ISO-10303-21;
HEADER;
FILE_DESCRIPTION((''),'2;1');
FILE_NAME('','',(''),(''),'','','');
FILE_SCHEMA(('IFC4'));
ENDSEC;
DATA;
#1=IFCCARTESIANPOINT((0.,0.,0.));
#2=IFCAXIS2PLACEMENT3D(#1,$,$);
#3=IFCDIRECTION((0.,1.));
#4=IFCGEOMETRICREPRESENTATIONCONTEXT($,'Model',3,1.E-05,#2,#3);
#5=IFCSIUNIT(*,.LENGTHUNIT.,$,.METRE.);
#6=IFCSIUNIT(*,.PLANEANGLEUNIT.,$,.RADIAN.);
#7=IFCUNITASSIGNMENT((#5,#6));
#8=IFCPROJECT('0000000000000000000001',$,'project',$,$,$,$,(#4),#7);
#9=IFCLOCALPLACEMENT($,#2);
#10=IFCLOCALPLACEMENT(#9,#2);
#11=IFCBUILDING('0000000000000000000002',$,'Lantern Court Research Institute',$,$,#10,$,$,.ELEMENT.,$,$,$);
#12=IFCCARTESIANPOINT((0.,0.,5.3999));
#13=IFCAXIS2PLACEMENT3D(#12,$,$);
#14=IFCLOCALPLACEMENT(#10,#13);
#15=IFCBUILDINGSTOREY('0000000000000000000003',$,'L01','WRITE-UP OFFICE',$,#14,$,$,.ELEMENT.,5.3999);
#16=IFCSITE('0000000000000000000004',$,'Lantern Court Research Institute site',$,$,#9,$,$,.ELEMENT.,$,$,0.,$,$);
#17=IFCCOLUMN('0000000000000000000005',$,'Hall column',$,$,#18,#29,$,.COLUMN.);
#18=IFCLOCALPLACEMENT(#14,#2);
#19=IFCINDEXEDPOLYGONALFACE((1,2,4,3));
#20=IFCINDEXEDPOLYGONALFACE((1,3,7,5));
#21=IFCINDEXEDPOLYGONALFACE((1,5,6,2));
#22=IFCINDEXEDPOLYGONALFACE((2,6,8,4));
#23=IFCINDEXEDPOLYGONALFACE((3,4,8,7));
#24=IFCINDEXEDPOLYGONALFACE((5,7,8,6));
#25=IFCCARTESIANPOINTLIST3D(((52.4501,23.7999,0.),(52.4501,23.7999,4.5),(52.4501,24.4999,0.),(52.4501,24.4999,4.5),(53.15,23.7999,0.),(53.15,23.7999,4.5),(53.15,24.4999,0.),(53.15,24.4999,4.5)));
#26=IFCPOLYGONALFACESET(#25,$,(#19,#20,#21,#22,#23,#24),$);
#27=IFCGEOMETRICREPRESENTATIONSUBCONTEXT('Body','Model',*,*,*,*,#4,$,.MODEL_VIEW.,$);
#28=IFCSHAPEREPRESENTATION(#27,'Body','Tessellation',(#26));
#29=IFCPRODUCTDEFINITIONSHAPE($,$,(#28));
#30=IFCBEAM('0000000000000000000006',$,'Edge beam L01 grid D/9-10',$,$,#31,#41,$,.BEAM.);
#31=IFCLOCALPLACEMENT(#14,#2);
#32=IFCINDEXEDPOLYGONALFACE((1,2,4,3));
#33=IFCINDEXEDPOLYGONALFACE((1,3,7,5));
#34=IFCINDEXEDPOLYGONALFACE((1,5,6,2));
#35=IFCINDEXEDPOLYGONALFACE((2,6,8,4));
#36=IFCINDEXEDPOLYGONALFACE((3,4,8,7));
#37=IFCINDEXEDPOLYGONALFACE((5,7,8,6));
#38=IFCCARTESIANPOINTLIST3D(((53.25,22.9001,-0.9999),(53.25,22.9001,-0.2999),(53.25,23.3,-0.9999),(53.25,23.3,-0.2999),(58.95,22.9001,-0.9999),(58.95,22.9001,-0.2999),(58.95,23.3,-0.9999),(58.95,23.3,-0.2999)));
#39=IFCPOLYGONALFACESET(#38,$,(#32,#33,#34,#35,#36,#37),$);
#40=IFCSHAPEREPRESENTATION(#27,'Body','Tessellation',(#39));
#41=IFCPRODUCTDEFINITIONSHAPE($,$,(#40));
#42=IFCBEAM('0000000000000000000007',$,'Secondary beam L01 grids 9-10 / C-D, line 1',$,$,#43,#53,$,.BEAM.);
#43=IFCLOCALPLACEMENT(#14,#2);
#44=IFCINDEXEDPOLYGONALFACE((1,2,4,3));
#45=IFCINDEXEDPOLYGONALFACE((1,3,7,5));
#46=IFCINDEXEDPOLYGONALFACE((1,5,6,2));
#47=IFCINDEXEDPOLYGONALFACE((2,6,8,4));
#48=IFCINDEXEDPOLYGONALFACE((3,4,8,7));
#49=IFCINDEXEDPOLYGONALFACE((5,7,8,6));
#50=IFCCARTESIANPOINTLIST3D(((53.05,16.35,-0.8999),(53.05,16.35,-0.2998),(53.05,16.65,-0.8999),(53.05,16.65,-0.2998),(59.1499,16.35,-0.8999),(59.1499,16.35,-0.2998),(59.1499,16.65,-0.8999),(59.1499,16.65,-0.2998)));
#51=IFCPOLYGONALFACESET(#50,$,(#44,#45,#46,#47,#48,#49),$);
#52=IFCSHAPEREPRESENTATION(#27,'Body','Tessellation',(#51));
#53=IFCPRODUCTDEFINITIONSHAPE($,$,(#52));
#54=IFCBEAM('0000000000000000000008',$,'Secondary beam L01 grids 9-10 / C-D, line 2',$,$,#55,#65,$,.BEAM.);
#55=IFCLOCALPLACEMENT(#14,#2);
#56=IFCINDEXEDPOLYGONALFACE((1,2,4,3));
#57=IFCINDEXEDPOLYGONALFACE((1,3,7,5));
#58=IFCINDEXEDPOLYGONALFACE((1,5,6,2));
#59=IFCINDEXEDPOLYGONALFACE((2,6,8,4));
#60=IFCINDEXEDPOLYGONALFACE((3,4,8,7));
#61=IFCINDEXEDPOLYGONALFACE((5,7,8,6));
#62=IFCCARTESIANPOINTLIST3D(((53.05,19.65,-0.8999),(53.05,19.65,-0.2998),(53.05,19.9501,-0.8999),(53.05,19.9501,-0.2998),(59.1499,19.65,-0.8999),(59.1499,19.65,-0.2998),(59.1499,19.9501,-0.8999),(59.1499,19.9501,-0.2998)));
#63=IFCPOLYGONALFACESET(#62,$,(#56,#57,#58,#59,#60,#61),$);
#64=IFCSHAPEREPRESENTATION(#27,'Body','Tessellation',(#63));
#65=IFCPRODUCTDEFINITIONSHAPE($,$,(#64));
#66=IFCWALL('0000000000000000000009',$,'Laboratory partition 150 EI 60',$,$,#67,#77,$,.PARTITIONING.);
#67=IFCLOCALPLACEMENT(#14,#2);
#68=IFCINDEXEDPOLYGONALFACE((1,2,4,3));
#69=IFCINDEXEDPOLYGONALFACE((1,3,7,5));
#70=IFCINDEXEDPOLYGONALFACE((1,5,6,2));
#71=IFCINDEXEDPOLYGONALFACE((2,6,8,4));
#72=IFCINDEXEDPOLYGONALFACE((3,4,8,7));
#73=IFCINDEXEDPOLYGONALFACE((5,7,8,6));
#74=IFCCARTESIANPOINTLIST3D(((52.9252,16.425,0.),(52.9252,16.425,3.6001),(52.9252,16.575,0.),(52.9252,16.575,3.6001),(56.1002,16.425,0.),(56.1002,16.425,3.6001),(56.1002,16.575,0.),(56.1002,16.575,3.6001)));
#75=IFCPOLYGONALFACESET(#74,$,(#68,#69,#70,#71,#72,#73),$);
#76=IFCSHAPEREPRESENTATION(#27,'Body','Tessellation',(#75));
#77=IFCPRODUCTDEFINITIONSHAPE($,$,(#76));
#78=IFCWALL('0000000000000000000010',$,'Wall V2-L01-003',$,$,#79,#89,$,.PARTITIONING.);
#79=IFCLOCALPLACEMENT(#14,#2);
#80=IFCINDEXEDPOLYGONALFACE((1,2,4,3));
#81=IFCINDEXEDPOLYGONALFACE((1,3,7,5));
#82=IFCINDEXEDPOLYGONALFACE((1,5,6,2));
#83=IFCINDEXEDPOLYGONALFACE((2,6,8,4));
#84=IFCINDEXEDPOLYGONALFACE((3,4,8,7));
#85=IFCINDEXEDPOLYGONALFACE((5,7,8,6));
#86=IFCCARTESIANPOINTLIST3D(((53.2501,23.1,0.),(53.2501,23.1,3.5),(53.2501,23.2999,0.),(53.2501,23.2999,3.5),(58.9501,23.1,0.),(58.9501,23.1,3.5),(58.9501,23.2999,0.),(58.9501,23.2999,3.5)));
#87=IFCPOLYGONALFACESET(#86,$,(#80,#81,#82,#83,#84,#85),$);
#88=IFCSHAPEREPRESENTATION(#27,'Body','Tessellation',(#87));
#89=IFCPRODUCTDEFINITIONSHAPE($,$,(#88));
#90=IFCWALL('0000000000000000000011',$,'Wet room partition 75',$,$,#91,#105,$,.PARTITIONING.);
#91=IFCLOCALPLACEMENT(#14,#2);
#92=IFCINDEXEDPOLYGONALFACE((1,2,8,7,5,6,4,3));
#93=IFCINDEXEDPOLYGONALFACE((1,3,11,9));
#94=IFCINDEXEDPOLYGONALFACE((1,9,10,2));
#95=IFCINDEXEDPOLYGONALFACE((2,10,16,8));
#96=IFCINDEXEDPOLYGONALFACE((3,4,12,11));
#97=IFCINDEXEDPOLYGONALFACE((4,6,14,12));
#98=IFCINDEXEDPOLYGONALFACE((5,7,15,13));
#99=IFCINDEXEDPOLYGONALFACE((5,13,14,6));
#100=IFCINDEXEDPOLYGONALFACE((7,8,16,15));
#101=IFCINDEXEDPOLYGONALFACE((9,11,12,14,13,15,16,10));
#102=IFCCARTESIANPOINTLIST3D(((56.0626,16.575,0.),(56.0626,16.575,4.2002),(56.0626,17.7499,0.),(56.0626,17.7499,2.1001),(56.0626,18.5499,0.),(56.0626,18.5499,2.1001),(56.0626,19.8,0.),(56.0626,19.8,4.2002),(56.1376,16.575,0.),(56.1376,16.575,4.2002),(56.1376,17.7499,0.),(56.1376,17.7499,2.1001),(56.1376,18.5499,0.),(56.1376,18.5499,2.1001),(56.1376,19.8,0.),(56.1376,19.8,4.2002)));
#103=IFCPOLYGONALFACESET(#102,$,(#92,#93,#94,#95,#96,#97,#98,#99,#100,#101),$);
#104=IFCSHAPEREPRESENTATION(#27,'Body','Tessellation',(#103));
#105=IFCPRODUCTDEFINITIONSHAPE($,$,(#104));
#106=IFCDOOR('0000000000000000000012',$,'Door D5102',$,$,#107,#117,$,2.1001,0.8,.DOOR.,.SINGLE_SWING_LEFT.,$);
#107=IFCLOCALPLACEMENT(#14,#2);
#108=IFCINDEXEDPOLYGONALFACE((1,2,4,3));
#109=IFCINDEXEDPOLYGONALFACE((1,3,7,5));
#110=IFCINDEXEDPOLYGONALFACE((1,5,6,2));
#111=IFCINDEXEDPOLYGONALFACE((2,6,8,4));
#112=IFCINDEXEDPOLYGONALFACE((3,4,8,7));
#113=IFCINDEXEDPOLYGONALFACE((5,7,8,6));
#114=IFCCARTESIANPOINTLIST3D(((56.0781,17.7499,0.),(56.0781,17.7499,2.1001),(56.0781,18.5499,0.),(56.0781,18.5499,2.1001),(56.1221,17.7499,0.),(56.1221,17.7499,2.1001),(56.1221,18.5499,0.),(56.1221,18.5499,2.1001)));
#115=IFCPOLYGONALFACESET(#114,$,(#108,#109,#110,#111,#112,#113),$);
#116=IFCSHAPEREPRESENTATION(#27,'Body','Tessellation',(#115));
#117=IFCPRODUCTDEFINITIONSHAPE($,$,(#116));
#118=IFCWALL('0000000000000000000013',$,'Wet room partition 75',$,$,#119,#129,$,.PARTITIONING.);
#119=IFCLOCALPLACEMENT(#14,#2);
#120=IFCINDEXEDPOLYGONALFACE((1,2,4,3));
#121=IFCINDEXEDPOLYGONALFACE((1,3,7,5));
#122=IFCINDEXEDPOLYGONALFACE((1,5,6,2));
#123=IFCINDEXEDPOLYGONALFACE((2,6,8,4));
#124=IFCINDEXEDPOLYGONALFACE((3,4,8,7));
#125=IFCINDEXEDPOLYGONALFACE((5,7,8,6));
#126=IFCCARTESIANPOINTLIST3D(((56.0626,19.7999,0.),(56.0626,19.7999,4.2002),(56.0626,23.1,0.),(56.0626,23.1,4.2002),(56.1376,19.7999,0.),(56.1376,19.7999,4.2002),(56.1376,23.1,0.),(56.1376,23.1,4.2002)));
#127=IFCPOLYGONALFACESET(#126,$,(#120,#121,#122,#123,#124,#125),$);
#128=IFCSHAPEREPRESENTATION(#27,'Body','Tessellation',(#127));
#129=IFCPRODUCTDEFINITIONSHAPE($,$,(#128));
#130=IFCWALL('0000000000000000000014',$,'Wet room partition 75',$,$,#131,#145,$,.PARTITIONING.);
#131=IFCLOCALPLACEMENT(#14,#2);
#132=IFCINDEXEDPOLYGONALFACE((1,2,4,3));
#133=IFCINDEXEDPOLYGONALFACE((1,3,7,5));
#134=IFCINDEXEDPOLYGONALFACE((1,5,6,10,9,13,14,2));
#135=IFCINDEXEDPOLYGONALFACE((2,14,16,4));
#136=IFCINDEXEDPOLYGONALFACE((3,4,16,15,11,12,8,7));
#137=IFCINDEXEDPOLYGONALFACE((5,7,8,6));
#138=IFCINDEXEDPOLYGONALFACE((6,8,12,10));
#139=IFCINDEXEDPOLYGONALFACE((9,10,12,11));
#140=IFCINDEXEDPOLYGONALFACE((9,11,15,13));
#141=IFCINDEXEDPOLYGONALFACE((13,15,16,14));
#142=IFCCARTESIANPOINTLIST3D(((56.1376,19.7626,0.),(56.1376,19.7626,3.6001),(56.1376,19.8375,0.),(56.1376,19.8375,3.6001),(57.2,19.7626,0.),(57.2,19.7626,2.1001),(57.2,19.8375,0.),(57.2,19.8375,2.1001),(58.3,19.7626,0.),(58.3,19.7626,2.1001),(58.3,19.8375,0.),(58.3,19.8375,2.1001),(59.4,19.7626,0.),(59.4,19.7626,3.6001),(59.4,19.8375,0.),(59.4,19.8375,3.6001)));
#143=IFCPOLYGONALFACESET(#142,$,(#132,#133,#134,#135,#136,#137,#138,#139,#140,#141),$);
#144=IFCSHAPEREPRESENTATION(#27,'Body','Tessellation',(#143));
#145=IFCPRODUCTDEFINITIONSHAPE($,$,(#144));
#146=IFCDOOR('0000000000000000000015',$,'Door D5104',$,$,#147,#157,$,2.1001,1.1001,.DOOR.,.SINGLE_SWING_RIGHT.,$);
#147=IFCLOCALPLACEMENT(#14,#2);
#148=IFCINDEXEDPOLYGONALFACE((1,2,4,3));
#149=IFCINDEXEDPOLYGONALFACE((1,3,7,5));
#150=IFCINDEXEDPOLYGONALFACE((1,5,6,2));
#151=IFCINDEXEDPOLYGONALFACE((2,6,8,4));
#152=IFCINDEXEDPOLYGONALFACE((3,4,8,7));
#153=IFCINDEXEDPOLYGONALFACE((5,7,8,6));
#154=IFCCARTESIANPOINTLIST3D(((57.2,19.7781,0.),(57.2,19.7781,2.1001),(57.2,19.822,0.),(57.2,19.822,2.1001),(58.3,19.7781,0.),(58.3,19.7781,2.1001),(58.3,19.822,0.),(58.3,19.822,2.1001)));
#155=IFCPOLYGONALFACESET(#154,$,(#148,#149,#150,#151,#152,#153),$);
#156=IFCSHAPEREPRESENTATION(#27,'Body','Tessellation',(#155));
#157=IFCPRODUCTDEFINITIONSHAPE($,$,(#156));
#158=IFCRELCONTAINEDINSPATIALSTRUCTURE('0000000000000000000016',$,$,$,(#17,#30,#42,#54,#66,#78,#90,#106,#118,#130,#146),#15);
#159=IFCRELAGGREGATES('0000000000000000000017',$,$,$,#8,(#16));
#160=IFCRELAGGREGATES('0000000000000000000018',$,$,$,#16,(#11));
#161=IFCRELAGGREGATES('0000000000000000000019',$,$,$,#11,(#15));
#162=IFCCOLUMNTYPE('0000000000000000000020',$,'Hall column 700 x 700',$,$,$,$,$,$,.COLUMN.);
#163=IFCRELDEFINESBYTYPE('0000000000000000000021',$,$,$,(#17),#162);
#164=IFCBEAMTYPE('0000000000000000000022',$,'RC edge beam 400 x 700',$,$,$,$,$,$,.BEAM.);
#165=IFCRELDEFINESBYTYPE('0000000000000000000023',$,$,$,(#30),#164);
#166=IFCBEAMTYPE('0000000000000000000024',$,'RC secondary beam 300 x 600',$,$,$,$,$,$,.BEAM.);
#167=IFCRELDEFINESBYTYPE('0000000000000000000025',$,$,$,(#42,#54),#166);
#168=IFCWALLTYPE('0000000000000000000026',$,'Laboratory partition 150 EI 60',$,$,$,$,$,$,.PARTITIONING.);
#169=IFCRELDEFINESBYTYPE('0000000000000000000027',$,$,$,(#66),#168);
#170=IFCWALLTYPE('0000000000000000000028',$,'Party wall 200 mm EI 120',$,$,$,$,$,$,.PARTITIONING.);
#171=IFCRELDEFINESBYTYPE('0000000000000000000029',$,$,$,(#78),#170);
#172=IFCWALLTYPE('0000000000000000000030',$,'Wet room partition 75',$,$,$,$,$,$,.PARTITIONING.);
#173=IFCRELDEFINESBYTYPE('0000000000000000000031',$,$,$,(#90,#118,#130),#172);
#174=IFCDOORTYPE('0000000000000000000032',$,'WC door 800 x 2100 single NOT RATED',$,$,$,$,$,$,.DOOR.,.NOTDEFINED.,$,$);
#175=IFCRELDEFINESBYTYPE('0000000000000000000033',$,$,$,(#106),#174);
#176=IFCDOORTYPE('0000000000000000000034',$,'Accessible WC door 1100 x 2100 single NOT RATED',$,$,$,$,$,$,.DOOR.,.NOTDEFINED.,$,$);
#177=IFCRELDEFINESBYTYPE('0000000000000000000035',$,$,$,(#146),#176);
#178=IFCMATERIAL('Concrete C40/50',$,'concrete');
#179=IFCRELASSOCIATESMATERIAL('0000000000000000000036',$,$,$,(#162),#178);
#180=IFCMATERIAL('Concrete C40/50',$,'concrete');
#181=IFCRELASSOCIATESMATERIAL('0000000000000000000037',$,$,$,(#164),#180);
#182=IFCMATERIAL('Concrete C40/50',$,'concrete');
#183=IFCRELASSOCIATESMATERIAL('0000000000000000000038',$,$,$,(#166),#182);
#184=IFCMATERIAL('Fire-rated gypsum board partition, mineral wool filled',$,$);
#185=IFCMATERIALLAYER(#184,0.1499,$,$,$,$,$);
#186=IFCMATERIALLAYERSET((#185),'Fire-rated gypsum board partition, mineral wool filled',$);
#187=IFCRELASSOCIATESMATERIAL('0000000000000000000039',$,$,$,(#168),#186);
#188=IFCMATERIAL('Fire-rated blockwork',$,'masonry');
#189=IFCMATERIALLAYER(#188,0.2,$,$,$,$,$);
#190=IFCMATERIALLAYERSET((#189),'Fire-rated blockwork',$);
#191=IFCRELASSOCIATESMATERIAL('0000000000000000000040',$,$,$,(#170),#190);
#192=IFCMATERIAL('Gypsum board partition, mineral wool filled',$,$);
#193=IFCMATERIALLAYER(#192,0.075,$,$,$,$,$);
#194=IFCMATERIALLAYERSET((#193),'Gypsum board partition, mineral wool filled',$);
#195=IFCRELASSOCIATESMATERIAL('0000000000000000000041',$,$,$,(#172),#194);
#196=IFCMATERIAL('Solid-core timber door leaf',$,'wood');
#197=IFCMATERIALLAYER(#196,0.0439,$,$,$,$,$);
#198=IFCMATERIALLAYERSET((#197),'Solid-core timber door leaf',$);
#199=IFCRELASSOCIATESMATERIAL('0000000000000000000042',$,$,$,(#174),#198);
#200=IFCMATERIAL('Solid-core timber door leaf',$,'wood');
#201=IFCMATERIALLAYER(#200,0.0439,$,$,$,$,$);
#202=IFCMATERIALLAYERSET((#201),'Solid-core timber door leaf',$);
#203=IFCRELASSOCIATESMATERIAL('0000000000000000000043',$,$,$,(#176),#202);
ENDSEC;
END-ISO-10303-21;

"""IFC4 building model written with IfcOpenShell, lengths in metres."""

from ifc_helpers import new_model, si_unit, direction, frame, frame_2d, origin, origin_2d, place, context, subcontext, project, spatial, rectangle, extrude, material, layer, layer_set, material_profile, profile_set, type_object, element, fill, save


model = new_model("IFC4")

# Units and contexts
model_context = context("Model", 3, precision=1e-05, world=origin(), true_north=direction((0.0, 1.0)))
body_context = subcontext(model_context, "Body", "Model", "MODEL_VIEW")
ifc_project = project(units=[si_unit("LENGTHUNIT", "METRE"), si_unit("PLANEANGLEUNIT", "RADIAN")], contexts=[model_context])

# Site, building, storey
site_placement = place(None, origin())
site = spatial("IfcSite", under=ifc_project, at=site_placement, Name="Lantern Court Research Institute site", CompositionType="ELEMENT", RefElevation=0.0)
building_placement = place(site_placement, origin())
building = spatial("IfcBuilding", under=site, at=building_placement, Name="Lantern Court Research Institute", CompositionType="ELEMENT")
storey_placement = place(building_placement, frame((0.0, 0.0, 5.3999)))
storey = spatial("IfcBuildingStorey", under=building, at=storey_placement, Name="L01", Description="WRITE-UP OFFICE", CompositionType="ELEMENT", Elevation=5.3999)

# Column
ifc_material_1 = material(Name="Concrete C40/50", Category="concrete")
ifc_material_profile_1 = material_profile(ifc_material_1, rectangle(XDim=0.7, YDim=0.7, at=origin_2d()), Name="Hall column 700 x 700")
ifc_profile_set_1 = profile_set([ifc_material_profile_1], Name="Concrete C40/50")
column_type = type_object("IfcColumnType", Name="Hall column 700 x 700", PredefinedType="COLUMN", material=ifc_profile_set_1)
column_placement = place(storey_placement, frame((52.8, 24.1499, 0.0), z_axis=(0.0, 0.0, 1.0), x_axis=(1.0, 0.0, 0.0)))
element("IfcColumn", 1, at=column_placement, inside=storey, type_object=column_type, Name="Hall column", PredefinedType="COLUMN", context=body_context, shape_type="SweptSolid", body=[
    extrude(rectangle(XDim=0.7, YDim=0.7, at=origin_2d()), origin(), (0.0, 0.0, 1.0), 4.5),
])

# Beams
ifc_material_2 = material(Name="Concrete C40/50", Category="concrete")
ifc_material_profile_2 = material_profile(ifc_material_2, rectangle(XDim=0.3999, YDim=0.7, at=origin_2d()), Name="RC beam 400 x 700")
ifc_profile_set_2 = profile_set([ifc_material_profile_2], Name="Concrete C40/50")
beam_type_1 = type_object("IfcBeamType", Name="RC edge beam 400 x 700", PredefinedType="BEAM", material=ifc_profile_set_2)
beam_placement = place(storey_placement, frame((53.25, 23.1001, -0.6499), z_axis=(1.0, 0.0, 0.0), x_axis=(0.0, 1.0, 0.0)))
element("IfcBeam", 2, at=beam_placement, inside=storey, type_object=beam_type_1, Name="Edge beam L01 grid D/9-10", PredefinedType="BEAM", context=body_context, shape_type="SweptSolid", body=[
    extrude(rectangle(XDim=0.3999, YDim=0.7, at=origin_2d()), origin(), (0.0, 0.0, 1.0), 5.7),
])
ifc_material_3 = material(Name="Concrete C40/50", Category="concrete")
ifc_material_profile_3 = material_profile(ifc_material_3, rectangle(XDim=0.3, YDim=0.6001, at=origin_2d()), Name="RC beam 300 x 600")
ifc_profile_set_3 = profile_set([ifc_material_profile_3], Name="Concrete C40/50")
beam_type_2 = type_object("IfcBeamType", Name="RC secondary beam 300 x 600", PredefinedType="BEAM", material=ifc_profile_set_3)
for number, where, z_axis, x_axis, name in (
    (3, (53.05, 16.5, -0.5999), (1.0, 0.0, 0.0), (0.0, 1.0, 0.0), "Secondary beam L01 grids 9-10 / C-D, line 1"),
    (4, (53.05, 19.8, -0.5999), (1.0, 0.0, 0.0), (0.0, 1.0, 0.0), "Secondary beam L01 grids 9-10 / C-D, line 2"),
):
    element("IfcBeam", number, at=place(storey_placement, frame(where, z_axis=z_axis, x_axis=x_axis)), inside=storey, type_object=beam_type_2, Name=name, PredefinedType="BEAM", context=body_context, shape_type="SweptSolid", body=[
        extrude(rectangle(XDim=0.3, YDim=0.6001, at=origin_2d()), origin(), (0.0, 0.0, 1.0), 6.0999),
    ])

# Walls
ifc_material_4 = material(Name="Fire-rated gypsum board partition, mineral wool filled")
ifc_layer_1 = layer(ifc_material_4, 0.1499)
ifc_layer_set_1 = layer_set([ifc_layer_1], Name="Fire-rated gypsum board partition, mineral wool filled")
wall_type_1 = type_object("IfcWallType", Name="Laboratory partition 150 EI 60", PredefinedType="PARTITIONING", material=ifc_layer_set_1)
wall_1_placement = place(storey_placement, frame((56.1001, 16.5, 0.0), z_axis=(0.0, 0.0, 1.0), x_axis=(-1.0, 0.0, 0.0)))
element("IfcWall", 5, at=wall_1_placement, inside=storey, type_object=wall_type_1, Name="Laboratory partition 150 EI 60", PredefinedType="PARTITIONING", context=body_context, shape_type="SweptSolid", body=[
    extrude(rectangle(XDim=3.175, YDim=0.1499, at=frame_2d((1.5874, 0.0))), origin(), (0.0, 0.0, 1.0), 3.6001),
])
ifc_material_5 = material(Name="Fire-rated blockwork", Category="masonry")
ifc_layer_2 = layer(ifc_material_5, 0.2)
ifc_layer_set_2 = layer_set([ifc_layer_2], Name="Fire-rated blockwork")
wall_type_2 = type_object("IfcWallType", Name="Party wall 200 mm EI 120", PredefinedType="PARTITIONING", material=ifc_layer_set_2)
wall_2_placement = place(storey_placement, frame((53.25, 23.2, 0.0), z_axis=(0.0, 0.0, 1.0), x_axis=(1.0, 0.0, 0.0)))
element("IfcWall", 6, at=wall_2_placement, inside=storey, type_object=wall_type_2, Name="Wall V2-L01-003", PredefinedType="PARTITIONING", context=body_context, shape_type="SweptSolid", body=[
    extrude(rectangle(XDim=5.7, YDim=0.2, at=frame_2d((2.8501, 0.0))), origin(), (0.0, 0.0, 1.0), 3.5),
])

# Wall, opening, door
ifc_material_6 = material(Name="Gypsum board partition, mineral wool filled")
ifc_layer_3 = layer(ifc_material_6, 0.075)
ifc_layer_set_3 = layer_set([ifc_layer_3], Name="Gypsum board partition, mineral wool filled")
wall_type_3 = type_object("IfcWallType", Name="Wet room partition 75", PredefinedType="PARTITIONING", material=ifc_layer_set_3)
wall_3_placement = place(storey_placement, frame((56.1001, 16.575, 0.0), z_axis=(0.0, 0.0, 1.0), x_axis=(0.0, 1.0, 0.0)))
wall_3 = element("IfcWall", 7, at=wall_3_placement, inside=storey, type_object=wall_type_3, Name="Wet room partition 75", PredefinedType="PARTITIONING", context=body_context, shape_type="SweptSolid", body=[
    extrude(rectangle(XDim=3.2251, YDim=0.075, at=frame_2d((1.6125, 0.0))), origin(), (0.0, 0.0, 1.0), 4.2002),
])
opening_1_placement = place(wall_3_placement, frame((1.175, 0.0, 0.0)))
opening_1 = element("IfcOpeningElement", 8, at=opening_1_placement, cuts=wall_3, PredefinedType="OPENING", context=body_context, shape_type="SweptSolid", body=[
    extrude(rectangle(XDim=0.8, YDim=2.1001, at=frame_2d((0.3999, 1.05))), frame((0.0, 0.0474, 0.0), z_axis=(0.0, -1.0, 0.0), x_axis=(1.0, 0.0, 0.0)), (0.0, 0.0, 1.0), 0.095),
])
ifc_material_7 = material(Name="Solid-core timber door leaf", Category="wood")
ifc_layer_4 = layer(ifc_material_7, 0.0439)
ifc_layer_set_4 = layer_set([ifc_layer_4], Name="Solid-core timber door leaf")
door_type_1 = type_object("IfcDoorType", Name="WC door 800 x 2100 single NOT RATED", OperationType="NOTDEFINED", PredefinedType="DOOR", material=ifc_layer_set_4)
door_1_placement = place(opening_1_placement, origin())
door_1 = element("IfcDoor", 9, at=door_1_placement, inside=storey, type_object=door_type_1, Name="Door D5102", OperationType="SINGLE_SWING_LEFT", OverallHeight=2.1001, OverallWidth=0.8, PredefinedType="DOOR", context=body_context, shape_type="SweptSolid", body=[
    extrude(rectangle(XDim=0.8, YDim=2.1001, at=frame_2d((0.3999, 1.05))), frame((0.0, 0.022, 0.0), z_axis=(0.0, -1.0, 0.0), x_axis=(1.0, 0.0, 0.0)), (0.0, 0.0, 1.0), 0.0439),
])
fill(opening_1, door_1)

# Wall
wall_4_placement = place(storey_placement, frame((56.1001, 19.8, 0.0), z_axis=(0.0, 0.0, 1.0), x_axis=(0.0, 1.0, 0.0)))
element("IfcWall", 10, at=wall_4_placement, inside=storey, type_object=wall_type_3, Name="Wet room partition 75", PredefinedType="PARTITIONING", context=body_context, shape_type="SweptSolid", body=[
    extrude(rectangle(XDim=3.3, YDim=0.075, at=frame_2d((1.6499, 0.0))), origin(), (0.0, 0.0, 1.0), 4.2002),
])

# Wall, opening, door
wall_5_placement = place(storey_placement, frame((56.1375, 19.8, 0.0), z_axis=(0.0, 0.0, 1.0), x_axis=(1.0, 0.0, 0.0)))
wall_5 = element("IfcWall", 11, at=wall_5_placement, inside=storey, type_object=wall_type_3, Name="Wet room partition 75", PredefinedType="PARTITIONING", context=body_context, shape_type="SweptSolid", body=[
    extrude(rectangle(XDim=3.2625, YDim=0.075, at=frame_2d((1.6313, 0.0))), origin(), (0.0, 0.0, 1.0), 3.6001),
])
opening_2_placement = place(wall_5_placement, frame((1.0625, 0.0, 0.0)))
opening_2 = element("IfcOpeningElement", 12, at=opening_2_placement, cuts=wall_5, PredefinedType="OPENING", context=body_context, shape_type="SweptSolid", body=[
    extrude(rectangle(XDim=1.1001, YDim=2.1001, at=frame_2d((0.55, 1.05))), frame((0.0, 0.0474, 0.0), z_axis=(0.0, -1.0, 0.0), x_axis=(1.0, 0.0, 0.0)), (0.0, 0.0, 1.0), 0.095),
])
ifc_material_8 = material(Name="Solid-core timber door leaf", Category="wood")
ifc_layer_5 = layer(ifc_material_8, 0.0439)
ifc_layer_set_5 = layer_set([ifc_layer_5], Name="Solid-core timber door leaf")
door_type_2 = type_object("IfcDoorType", Name="Accessible WC door 1100 x 2100 single NOT RATED", OperationType="NOTDEFINED", PredefinedType="DOOR", material=ifc_layer_set_5)
door_2_placement = place(opening_2_placement, origin())
door_2 = element("IfcDoor", 13, at=door_2_placement, inside=storey, type_object=door_type_2, Name="Door D5104", OperationType="SINGLE_SWING_RIGHT", OverallHeight=2.1001, OverallWidth=1.1001, PredefinedType="DOOR", context=body_context, shape_type="SweptSolid", body=[
    extrude(rectangle(XDim=1.1001, YDim=2.1001, at=frame_2d((0.55, 1.05))), frame((0.0, 0.022, 0.0), z_axis=(0.0, -1.0, 0.0), x_axis=(1.0, 0.0, 0.0)), (0.0, 0.0, 1.0), 0.0439),
])
fill(opening_2, door_2)

save(model, "model.ifc")
